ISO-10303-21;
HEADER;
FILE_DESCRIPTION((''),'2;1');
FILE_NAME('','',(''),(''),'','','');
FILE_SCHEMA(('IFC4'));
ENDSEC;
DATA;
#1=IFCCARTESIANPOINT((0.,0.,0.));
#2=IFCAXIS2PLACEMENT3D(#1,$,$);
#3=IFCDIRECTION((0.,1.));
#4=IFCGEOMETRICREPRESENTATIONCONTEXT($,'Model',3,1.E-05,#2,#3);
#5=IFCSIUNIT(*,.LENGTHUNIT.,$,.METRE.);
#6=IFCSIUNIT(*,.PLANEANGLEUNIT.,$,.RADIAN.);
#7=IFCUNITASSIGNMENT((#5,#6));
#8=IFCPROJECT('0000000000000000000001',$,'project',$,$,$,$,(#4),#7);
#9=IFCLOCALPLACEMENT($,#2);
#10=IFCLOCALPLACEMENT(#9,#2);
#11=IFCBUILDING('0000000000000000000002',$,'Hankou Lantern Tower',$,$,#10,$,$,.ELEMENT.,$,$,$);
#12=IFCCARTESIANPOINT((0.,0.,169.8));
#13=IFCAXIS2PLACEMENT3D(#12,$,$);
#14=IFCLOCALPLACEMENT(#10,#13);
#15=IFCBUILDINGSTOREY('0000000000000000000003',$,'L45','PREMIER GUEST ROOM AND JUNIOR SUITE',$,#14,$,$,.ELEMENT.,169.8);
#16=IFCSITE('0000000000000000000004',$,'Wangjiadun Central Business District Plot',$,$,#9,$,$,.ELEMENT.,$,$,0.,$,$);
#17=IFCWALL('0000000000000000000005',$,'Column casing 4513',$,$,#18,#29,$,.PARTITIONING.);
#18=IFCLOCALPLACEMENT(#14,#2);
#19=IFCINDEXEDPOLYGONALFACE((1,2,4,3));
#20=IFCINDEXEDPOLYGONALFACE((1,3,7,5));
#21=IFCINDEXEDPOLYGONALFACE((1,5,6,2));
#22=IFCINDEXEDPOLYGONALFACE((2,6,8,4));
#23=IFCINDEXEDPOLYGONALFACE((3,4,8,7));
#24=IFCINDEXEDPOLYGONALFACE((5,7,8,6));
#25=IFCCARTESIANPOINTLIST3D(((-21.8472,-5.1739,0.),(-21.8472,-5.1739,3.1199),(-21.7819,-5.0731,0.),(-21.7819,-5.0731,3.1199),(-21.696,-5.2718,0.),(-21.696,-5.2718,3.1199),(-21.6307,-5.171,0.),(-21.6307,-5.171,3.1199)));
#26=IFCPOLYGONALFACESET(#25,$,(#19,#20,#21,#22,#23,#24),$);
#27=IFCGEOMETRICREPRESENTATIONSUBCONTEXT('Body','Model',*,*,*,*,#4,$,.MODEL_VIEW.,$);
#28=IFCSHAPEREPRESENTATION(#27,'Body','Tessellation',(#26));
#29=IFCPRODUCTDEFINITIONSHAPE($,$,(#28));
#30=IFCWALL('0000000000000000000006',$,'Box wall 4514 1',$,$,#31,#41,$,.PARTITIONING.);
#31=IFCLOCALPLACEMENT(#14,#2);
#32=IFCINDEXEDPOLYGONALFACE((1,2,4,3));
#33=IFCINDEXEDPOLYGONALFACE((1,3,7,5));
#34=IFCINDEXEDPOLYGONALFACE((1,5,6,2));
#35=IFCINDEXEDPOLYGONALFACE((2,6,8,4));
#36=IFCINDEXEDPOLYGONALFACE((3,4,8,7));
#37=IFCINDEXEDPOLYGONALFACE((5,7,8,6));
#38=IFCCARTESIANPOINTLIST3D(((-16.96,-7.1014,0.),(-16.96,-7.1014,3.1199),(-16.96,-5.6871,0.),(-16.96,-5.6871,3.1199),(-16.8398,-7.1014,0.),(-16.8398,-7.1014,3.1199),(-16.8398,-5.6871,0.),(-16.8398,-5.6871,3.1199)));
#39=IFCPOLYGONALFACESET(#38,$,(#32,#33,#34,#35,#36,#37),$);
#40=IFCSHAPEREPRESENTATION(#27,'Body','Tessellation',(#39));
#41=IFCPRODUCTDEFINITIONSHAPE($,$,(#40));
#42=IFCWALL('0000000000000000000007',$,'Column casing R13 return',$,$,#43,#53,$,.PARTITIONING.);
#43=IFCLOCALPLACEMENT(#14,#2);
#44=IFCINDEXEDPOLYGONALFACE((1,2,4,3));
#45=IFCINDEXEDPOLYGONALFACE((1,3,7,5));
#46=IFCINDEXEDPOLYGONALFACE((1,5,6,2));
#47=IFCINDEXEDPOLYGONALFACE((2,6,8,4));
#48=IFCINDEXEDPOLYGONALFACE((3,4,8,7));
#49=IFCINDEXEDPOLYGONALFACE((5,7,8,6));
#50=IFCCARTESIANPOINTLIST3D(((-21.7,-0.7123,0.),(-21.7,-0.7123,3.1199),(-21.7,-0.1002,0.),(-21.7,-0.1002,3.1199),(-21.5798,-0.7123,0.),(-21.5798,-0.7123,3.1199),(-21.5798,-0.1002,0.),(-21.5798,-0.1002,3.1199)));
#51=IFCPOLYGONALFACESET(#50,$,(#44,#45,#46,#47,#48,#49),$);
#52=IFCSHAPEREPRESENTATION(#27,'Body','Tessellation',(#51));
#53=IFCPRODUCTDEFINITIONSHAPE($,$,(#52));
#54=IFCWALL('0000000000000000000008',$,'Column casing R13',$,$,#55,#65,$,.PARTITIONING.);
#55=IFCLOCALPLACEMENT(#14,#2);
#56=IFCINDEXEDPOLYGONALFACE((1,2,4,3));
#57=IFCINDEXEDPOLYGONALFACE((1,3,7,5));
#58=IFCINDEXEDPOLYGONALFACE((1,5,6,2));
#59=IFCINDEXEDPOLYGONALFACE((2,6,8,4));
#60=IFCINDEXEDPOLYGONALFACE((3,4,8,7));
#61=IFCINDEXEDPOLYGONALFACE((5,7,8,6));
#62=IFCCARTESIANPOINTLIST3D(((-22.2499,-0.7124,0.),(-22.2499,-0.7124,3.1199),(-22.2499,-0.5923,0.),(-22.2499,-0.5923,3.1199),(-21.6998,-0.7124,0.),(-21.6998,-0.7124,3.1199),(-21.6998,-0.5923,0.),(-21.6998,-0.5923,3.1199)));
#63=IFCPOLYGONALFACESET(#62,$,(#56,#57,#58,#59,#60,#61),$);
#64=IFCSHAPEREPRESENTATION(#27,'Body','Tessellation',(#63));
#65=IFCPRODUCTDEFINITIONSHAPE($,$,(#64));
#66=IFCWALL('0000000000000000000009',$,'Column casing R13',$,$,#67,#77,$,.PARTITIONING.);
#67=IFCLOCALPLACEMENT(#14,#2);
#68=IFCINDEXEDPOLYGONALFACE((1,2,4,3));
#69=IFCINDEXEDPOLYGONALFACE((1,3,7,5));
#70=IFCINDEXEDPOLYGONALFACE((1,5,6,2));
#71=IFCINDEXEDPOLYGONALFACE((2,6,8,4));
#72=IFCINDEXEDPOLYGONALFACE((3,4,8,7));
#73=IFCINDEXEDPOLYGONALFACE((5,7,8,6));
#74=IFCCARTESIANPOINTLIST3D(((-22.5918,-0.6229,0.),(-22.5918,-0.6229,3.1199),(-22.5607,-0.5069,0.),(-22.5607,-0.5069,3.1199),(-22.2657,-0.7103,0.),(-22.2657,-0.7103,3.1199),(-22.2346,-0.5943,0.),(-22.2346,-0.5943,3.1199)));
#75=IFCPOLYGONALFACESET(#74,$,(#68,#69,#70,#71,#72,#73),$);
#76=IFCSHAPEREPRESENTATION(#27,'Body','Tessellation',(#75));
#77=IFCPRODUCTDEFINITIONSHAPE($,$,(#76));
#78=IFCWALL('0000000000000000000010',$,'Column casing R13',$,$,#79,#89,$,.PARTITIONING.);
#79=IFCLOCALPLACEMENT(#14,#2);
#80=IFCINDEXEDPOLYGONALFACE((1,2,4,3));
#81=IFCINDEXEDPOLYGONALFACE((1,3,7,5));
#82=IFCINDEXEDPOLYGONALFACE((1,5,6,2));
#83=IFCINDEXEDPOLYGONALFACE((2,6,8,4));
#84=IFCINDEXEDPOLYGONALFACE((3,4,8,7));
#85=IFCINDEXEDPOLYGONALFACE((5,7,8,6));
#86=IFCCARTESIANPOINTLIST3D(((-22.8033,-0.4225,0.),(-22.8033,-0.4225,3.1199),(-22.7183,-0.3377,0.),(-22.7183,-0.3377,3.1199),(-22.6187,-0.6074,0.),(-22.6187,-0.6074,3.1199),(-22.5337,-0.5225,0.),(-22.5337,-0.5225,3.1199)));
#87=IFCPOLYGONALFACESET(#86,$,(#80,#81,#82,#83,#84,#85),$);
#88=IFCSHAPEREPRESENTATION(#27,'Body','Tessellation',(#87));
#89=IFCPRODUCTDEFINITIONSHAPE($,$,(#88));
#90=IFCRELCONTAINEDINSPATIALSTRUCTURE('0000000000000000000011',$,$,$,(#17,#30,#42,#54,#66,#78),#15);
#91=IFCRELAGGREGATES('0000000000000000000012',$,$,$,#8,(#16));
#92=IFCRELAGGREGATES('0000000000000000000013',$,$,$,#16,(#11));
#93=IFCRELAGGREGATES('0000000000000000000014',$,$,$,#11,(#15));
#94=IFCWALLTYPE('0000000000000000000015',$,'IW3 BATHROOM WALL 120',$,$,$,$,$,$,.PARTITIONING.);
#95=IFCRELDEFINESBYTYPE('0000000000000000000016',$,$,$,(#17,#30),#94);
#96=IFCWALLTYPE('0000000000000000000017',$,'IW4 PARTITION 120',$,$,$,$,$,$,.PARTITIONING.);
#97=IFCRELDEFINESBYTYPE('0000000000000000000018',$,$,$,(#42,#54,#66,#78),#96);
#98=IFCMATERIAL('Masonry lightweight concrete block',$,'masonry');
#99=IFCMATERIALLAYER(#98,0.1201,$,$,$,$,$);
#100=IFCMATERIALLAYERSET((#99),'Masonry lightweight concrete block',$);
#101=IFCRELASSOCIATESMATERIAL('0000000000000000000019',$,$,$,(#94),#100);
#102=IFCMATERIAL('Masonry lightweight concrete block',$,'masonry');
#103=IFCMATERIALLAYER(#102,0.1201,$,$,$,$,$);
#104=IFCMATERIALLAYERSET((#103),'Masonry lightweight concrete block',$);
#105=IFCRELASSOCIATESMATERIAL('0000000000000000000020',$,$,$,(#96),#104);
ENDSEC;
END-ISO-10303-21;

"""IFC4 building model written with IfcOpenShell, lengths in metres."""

from ifc_helpers import new_model, si_unit, direction, frame, frame_2d, origin, place, context, subcontext, project, spatial, rectangle, extrude, material, layer, layer_set, type_object, element, save


model = new_model("IFC4")

# Units and contexts
model_context = context("Model", 3, precision=1e-05, world=origin(), true_north=direction((0.0, 1.0)))
body_context = subcontext(model_context, "Body", "Model", "MODEL_VIEW")
ifc_project = project(units=[si_unit("LENGTHUNIT", "METRE"), si_unit("PLANEANGLEUNIT", "RADIAN")], contexts=[model_context])

# Site, building, storey
site_placement = place(None, origin())
site = spatial("IfcSite", under=ifc_project, at=site_placement, Name="Wangjiadun Central Business District Plot", CompositionType="ELEMENT", RefElevation=0.0)
building_placement = place(site_placement, origin())
building = spatial("IfcBuilding", under=site, at=building_placement, Name="Hankou Lantern Tower", CompositionType="ELEMENT")
storey_placement = place(building_placement, frame((0.0, 0.0, 169.8)))
storey = spatial("IfcBuildingStorey", under=building, at=storey_placement, Name="L45", Description="PREMIER GUEST ROOM AND JUNIOR SUITE", CompositionType="ELEMENT", Elevation=169.8)

# Walls
ifc_material_1 = material(Name="Masonry lightweight concrete block", Category="masonry")
ifc_layer_1 = layer(ifc_material_1, 0.1201)
ifc_layer_set_1 = layer_set([ifc_layer_1], Name="Masonry lightweight concrete block")
wall_type_1 = type_object("IfcWallType", Name="IW3 BATHROOM WALL 120", PredefinedType="PARTITIONING", material=ifc_layer_set_1)
wall_1_placement = place(storey_placement, frame((-21.6633, -5.2214, 0.0), z_axis=(0.0, 0.0, 1.0), x_axis=(-0.839279, 0.543701, 0.0)))
element("IfcWall", 1, at=wall_1_placement, inside=storey, type_object=wall_type_1, Name="Column casing 4513", PredefinedType="PARTITIONING", context=body_context, shape_type="SweptSolid", body=[
    extrude(rectangle(XDim=0.1802, YDim=0.1201, at=frame_2d((0.0901, 0.0))), origin(), (0.0, 0.0, 1.0), 3.1199),
])
wall_2_placement = place(storey_placement, frame((-16.8999, -5.6873, 0.0), z_axis=(0.0, 0.0, 1.0), x_axis=(0.0, -1.0, 0.0)))
element("IfcWall", 2, at=wall_2_placement, inside=storey, type_object=wall_type_1, Name="Box wall 4514 1", PredefinedType="PARTITIONING", context=body_context, shape_type="SweptSolid", body=[
    extrude(rectangle(XDim=1.4143, YDim=0.1201, at=frame_2d((0.707, 0.0))), origin(), (0.0, 0.0, 1.0), 3.1199),
])
ifc_material_2 = material(Name="Masonry lightweight concrete block", Category="masonry")
ifc_layer_2 = layer(ifc_material_2, 0.1201)
ifc_layer_set_2 = layer_set([ifc_layer_2], Name="Masonry lightweight concrete block")
wall_type_2 = type_object("IfcWallType", Name="IW4 PARTITION 120", PredefinedType="PARTITIONING", material=ifc_layer_set_2)
wall_3_placement = place(storey_placement, frame((-21.6399, -0.1001, 0.0), z_axis=(0.0, 0.0, 1.0), x_axis=(0.0, -1.0, 0.0)))
element("IfcWall", 3, at=wall_3_placement, inside=storey, type_object=wall_type_2, Name="Column casing R13 return", PredefinedType="PARTITIONING", context=body_context, shape_type="SweptSolid", body=[
    extrude(rectangle(XDim=0.6121, YDim=0.1201, at=frame_2d((0.3062, 0.0))), origin(), (0.0, 0.0, 1.0), 3.1199),
])
wall_4_placement = place(storey_placement, frame((-21.7, -0.6523, 0.0), z_axis=(0.0, 0.0, 1.0), x_axis=(-1.0, 0.0, 0.0)))
element("IfcWall", 4, at=wall_4_placement, inside=storey, type_object=wall_type_2, Name="Column casing R13", PredefinedType="PARTITIONING", context=body_context, shape_type="SweptSolid", body=[
    extrude(rectangle(XDim=0.55, YDim=0.1201, at=frame_2d((0.2749, 0.0))), origin(), (0.0, 0.0, 1.0), 3.1199),
])
wall_5_placement = place(storey_placement, frame((-22.25, -0.6523, 0.0), z_axis=(0.0, 0.0, 1.0), x_axis=(-0.965922, 0.258832, 0.0)))
element("IfcWall", 5, at=wall_5_placement, inside=storey, type_object=wall_type_2, Name="Column casing R13", PredefinedType="PARTITIONING", context=body_context, shape_type="SweptSolid", body=[
    extrude(rectangle(XDim=0.3376, YDim=0.1201, at=frame_2d((0.1689, 0.0))), origin(), (0.0, 0.0, 1.0), 3.1199),
])
wall_6_placement = place(storey_placement, frame((-22.5762, -0.5649, 0.0), z_axis=(0.0, 0.0, 1.0), x_axis=(-0.706639, 0.707574, 0.0)))
element("IfcWall", 6, at=wall_6_placement, inside=storey, type_object=wall_type_2, Name="Column casing R13", PredefinedType="PARTITIONING", context=body_context, shape_type="SweptSolid", body=[
    extrude(rectangle(XDim=0.2612, YDim=0.1201, at=frame_2d((0.1306, 0.0))), origin(), (0.0, 0.0, 1.0), 3.1199),
])

save(model, "model.ifc")
